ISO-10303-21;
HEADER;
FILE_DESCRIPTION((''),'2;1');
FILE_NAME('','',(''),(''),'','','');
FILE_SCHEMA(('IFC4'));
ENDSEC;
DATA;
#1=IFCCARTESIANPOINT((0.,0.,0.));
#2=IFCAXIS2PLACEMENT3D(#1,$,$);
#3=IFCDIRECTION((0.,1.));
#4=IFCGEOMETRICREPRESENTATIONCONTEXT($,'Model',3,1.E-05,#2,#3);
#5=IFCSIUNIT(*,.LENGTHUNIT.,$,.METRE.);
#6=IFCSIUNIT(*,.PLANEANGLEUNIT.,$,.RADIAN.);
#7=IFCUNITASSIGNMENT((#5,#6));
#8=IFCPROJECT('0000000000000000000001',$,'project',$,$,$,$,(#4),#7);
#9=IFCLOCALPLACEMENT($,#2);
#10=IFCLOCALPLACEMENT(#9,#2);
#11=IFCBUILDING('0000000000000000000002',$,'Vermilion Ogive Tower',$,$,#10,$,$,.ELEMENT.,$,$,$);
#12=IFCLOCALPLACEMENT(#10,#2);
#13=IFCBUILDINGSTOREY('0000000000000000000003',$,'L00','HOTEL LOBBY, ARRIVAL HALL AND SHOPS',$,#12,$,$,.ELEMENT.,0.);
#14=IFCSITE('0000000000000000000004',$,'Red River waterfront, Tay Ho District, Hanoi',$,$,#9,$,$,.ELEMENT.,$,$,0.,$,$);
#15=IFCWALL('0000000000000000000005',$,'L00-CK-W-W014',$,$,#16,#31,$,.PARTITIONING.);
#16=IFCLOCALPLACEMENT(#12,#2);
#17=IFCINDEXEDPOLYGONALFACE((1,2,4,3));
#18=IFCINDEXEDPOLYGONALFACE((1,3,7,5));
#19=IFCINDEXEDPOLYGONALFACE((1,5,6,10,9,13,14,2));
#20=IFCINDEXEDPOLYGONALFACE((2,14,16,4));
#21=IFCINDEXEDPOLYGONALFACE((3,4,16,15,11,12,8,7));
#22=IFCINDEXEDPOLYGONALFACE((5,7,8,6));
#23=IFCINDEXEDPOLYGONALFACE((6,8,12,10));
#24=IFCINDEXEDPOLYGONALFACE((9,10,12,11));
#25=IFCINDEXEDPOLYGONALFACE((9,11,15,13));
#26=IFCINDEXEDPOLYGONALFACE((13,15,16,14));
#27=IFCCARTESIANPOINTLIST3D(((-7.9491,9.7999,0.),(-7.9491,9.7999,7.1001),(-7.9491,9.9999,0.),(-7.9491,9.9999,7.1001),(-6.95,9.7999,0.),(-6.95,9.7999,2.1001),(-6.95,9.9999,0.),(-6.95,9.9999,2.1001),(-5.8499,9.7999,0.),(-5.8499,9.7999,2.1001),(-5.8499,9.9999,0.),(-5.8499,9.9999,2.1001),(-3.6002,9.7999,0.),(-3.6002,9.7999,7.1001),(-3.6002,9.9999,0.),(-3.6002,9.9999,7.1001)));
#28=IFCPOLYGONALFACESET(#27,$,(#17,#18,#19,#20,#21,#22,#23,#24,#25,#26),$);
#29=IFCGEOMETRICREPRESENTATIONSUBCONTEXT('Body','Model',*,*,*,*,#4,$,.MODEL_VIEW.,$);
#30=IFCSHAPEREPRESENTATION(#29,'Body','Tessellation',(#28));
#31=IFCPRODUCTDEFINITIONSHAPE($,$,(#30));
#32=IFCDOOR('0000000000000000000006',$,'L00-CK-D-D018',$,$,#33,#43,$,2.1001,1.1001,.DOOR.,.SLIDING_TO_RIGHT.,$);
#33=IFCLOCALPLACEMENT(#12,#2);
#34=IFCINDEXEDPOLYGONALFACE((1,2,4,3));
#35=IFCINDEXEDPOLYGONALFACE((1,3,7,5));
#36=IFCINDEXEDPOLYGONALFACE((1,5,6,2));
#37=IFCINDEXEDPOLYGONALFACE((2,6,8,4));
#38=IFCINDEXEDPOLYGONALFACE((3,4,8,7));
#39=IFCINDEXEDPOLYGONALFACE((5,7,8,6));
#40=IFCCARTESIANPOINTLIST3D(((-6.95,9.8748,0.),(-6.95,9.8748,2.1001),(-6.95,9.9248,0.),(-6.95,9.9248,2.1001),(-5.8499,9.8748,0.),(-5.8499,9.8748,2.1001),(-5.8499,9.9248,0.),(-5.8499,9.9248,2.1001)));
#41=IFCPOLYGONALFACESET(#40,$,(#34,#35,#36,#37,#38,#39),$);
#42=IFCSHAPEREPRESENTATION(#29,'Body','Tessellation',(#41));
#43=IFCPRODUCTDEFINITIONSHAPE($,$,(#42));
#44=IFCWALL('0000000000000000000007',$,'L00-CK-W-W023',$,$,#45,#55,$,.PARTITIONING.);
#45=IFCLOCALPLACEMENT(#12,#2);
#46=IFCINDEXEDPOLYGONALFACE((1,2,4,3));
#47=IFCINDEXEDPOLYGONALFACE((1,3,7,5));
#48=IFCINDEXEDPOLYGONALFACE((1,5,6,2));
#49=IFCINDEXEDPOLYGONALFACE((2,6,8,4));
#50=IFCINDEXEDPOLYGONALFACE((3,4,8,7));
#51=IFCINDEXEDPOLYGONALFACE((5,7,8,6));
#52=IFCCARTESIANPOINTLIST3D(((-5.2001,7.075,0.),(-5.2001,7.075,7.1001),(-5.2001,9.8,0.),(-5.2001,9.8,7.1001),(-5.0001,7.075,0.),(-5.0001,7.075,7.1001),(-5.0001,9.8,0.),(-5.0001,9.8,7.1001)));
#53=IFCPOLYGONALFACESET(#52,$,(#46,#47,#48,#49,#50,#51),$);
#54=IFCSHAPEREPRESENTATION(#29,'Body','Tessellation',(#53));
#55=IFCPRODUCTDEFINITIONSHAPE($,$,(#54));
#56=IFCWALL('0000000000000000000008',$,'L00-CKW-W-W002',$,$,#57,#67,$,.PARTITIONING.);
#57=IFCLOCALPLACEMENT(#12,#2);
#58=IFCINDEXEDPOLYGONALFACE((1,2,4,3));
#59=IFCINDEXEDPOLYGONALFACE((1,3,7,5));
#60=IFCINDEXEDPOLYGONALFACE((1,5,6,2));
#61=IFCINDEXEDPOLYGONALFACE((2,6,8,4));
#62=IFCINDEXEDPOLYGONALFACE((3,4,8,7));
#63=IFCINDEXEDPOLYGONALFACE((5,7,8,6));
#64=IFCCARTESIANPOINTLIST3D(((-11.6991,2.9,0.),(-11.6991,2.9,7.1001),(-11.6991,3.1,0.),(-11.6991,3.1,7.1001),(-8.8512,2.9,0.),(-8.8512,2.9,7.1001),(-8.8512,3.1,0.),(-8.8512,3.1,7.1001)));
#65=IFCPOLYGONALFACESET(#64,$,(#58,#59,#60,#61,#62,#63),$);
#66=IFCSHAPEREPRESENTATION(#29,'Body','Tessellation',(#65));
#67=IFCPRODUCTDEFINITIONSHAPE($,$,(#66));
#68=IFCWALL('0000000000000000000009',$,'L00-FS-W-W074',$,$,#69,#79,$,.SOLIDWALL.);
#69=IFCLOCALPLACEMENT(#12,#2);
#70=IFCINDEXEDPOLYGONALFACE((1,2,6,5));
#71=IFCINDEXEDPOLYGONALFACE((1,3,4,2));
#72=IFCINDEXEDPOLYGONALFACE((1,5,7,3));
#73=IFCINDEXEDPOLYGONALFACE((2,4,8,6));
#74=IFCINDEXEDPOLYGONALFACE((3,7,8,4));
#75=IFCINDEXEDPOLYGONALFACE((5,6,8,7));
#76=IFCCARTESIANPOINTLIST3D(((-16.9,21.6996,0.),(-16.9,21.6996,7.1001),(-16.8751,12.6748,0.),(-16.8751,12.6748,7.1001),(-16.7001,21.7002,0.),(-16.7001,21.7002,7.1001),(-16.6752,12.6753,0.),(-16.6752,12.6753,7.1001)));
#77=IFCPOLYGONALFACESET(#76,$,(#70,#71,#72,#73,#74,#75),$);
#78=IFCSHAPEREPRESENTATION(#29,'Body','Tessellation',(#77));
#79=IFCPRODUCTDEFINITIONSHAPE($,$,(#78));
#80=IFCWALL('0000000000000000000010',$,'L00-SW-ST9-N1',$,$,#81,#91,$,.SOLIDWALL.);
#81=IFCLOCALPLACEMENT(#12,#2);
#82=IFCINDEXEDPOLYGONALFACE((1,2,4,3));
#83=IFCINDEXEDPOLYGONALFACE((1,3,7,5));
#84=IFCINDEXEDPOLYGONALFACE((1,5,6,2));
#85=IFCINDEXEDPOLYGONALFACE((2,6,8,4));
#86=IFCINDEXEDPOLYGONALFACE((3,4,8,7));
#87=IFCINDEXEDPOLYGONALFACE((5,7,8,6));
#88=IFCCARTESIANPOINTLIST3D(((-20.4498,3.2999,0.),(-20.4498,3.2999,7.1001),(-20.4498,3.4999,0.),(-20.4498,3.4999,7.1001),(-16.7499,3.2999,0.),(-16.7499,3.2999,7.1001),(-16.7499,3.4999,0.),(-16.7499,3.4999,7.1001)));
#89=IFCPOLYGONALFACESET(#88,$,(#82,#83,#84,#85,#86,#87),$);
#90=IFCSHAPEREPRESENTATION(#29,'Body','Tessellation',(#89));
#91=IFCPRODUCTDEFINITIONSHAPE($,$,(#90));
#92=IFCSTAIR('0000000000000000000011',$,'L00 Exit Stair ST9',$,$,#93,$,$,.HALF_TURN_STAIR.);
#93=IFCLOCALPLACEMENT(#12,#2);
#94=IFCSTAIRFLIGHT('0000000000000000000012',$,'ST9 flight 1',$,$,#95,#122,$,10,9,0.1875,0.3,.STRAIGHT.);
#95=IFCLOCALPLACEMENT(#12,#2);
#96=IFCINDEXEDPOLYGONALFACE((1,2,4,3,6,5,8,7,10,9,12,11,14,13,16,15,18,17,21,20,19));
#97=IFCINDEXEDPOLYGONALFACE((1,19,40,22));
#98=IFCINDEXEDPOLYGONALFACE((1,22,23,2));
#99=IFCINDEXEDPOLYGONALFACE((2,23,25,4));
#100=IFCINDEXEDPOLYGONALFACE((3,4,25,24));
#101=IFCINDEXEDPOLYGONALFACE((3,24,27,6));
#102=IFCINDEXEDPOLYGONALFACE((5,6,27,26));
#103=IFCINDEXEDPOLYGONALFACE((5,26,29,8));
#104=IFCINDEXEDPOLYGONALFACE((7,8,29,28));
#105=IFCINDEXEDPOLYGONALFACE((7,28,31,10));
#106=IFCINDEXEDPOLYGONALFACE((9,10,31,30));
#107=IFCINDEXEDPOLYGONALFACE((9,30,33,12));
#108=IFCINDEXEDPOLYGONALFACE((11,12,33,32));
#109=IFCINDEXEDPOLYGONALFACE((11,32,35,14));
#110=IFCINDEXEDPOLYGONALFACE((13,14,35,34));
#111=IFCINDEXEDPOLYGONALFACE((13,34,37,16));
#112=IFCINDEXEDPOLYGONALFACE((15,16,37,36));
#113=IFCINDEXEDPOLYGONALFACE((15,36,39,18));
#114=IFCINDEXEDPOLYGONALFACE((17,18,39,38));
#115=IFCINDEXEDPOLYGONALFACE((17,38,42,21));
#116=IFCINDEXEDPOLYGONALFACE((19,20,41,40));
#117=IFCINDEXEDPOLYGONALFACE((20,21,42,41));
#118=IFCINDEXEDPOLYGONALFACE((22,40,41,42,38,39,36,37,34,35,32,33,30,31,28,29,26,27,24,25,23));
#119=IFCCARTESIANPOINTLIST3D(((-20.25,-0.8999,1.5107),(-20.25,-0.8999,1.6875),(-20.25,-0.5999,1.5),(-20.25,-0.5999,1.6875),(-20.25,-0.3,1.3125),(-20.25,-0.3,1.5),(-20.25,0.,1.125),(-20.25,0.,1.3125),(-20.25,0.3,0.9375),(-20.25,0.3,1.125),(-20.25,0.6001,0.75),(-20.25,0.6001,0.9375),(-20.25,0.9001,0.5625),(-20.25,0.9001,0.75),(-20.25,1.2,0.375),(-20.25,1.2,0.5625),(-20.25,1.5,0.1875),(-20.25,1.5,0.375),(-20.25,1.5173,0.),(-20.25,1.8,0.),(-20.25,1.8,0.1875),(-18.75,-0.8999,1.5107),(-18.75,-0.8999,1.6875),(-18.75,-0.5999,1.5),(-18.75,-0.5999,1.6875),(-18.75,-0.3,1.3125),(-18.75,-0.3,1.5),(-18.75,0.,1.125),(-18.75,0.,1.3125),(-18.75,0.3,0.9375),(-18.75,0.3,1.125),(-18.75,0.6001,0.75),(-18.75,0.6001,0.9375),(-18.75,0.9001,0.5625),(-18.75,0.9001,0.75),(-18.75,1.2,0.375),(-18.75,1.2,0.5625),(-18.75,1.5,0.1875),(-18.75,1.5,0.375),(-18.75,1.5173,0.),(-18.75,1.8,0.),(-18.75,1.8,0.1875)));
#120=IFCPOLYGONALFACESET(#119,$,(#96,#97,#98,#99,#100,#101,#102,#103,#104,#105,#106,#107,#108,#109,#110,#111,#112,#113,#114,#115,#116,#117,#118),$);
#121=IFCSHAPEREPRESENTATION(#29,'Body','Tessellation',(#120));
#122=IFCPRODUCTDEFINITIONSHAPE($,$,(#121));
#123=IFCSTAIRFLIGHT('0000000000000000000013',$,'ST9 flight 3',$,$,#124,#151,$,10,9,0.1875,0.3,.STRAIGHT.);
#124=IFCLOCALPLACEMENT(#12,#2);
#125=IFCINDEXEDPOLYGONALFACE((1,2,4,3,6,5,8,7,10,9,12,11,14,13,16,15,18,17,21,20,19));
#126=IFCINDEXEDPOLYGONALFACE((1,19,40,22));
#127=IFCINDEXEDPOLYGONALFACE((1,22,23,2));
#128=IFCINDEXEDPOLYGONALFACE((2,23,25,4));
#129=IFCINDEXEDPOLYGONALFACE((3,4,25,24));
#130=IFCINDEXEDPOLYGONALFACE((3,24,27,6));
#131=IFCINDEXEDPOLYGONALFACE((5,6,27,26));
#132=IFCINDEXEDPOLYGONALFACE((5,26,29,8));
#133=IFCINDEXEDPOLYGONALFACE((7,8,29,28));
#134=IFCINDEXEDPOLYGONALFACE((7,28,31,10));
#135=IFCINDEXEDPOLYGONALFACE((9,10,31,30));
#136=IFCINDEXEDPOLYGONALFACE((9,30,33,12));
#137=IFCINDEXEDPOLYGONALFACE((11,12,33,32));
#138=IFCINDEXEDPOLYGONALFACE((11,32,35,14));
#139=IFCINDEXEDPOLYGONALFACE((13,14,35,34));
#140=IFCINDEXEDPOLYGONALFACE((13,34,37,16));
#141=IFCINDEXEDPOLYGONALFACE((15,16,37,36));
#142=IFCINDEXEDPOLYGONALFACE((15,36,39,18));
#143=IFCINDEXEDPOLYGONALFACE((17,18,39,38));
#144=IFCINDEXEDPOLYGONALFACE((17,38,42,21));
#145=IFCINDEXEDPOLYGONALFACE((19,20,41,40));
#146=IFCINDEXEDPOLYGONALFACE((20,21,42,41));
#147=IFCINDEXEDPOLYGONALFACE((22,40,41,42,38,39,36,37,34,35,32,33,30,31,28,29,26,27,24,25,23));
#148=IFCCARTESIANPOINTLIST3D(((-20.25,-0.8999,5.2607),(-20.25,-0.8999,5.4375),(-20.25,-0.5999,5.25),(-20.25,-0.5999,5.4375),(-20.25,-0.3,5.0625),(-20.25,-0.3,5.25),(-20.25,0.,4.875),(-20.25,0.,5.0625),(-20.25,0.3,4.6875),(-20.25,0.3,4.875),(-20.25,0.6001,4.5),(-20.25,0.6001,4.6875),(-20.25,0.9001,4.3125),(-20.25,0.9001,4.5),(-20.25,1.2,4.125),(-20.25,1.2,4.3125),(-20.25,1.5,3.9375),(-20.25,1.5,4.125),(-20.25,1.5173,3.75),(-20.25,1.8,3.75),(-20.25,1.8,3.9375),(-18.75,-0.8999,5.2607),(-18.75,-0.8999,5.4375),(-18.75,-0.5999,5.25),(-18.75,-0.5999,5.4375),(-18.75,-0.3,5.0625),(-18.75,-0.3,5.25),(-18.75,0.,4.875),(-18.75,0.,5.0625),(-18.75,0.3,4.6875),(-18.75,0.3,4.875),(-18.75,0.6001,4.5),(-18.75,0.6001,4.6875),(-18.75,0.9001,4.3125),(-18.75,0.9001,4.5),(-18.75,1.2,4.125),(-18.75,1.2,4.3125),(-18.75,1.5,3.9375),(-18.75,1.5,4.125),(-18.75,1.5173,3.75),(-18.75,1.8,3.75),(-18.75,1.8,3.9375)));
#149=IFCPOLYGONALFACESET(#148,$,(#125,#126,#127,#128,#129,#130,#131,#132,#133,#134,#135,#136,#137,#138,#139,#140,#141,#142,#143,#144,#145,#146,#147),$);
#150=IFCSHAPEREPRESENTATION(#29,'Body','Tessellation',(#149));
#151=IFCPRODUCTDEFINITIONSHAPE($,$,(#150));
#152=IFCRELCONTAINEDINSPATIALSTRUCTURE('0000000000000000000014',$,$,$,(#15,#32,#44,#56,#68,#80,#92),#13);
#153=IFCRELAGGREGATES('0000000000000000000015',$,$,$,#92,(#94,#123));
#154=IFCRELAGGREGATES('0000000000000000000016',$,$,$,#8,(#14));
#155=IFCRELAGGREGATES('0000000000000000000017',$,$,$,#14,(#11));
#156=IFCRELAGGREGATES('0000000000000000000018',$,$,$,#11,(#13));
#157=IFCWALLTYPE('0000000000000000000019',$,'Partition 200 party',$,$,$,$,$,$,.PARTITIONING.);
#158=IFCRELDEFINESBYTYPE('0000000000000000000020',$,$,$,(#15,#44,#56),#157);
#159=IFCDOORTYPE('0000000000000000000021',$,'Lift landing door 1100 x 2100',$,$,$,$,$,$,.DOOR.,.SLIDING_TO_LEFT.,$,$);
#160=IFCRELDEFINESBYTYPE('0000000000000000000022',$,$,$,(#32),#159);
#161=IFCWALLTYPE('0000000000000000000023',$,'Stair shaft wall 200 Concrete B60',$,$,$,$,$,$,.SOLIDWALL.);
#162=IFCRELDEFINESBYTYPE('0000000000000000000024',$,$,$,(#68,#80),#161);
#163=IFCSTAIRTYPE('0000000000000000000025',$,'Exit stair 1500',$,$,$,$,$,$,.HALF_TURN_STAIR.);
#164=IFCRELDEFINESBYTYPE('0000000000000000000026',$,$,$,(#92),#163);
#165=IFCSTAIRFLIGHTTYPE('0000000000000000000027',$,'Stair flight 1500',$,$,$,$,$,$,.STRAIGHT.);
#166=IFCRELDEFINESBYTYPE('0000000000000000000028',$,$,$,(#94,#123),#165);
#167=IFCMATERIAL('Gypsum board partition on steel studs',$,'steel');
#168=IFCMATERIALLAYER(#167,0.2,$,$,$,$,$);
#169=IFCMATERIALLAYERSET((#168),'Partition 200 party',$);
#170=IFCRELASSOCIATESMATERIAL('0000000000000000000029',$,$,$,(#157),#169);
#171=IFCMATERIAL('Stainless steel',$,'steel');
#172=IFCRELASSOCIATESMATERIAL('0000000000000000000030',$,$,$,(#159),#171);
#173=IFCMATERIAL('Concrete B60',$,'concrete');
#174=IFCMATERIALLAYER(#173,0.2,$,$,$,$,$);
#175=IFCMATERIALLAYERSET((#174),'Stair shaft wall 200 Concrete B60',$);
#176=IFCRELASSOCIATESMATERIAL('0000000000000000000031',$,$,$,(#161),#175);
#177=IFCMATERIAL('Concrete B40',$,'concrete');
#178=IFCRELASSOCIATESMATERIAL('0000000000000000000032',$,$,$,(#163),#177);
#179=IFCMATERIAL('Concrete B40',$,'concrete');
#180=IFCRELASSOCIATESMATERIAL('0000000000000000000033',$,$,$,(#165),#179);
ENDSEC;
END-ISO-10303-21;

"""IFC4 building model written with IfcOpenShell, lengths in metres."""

from ifc_helpers import new_model, si_unit, direction, frame, frame_2d, origin, place, context, subcontext, project, spatial, polyline, rectangle, outline, extrude, material, layer, layer_set, type_object, element, fill, aggregate, save


model = new_model("IFC4")

# Units and contexts
model_context = context("Model", 3, precision=1e-05, world=origin(), true_north=direction((0.0, 1.0)))
body_context = subcontext(model_context, "Body", "Model", "MODEL_VIEW")
ifc_project = project(units=[si_unit("LENGTHUNIT", "METRE"), si_unit("PLANEANGLEUNIT", "RADIAN")], contexts=[model_context])

# Site, building, storey
site_placement = place(None, origin())
site = spatial("IfcSite", under=ifc_project, at=site_placement, Name="Red River waterfront, Tay Ho District, Hanoi", CompositionType="ELEMENT", RefElevation=0.0)
building_placement = place(site_placement, origin())
building = spatial("IfcBuilding", under=site, at=building_placement, Name="Vermilion Ogive Tower", CompositionType="ELEMENT")
storey_placement = place(building_placement, origin())
storey = spatial("IfcBuildingStorey", under=building, at=storey_placement, Name="L00", Description="HOTEL LOBBY, ARRIVAL HALL AND SHOPS", CompositionType="ELEMENT", Elevation=0.0)

# Shared definitions
ifc_material_1 = material(Name="Gypsum board partition on steel studs", Category="steel")
ifc_layer_1 = layer(ifc_material_1, 0.2)
ifc_layer_set_1 = layer_set([ifc_layer_1], Name="Partition 200 party")
wall_type_1 = type_object("IfcWallType", Name="Partition 200 party", PredefinedType="PARTITIONING", material=ifc_layer_set_1)

# Wall, opening, door
wall_1_placement = place(storey_placement, frame((-7.949, 9.8999, 0.0), z_axis=(0.0, 0.0, 1.0), x_axis=(1.0, 0.0, 0.0)))
wall_1 = element("IfcWall", 1, at=wall_1_placement, inside=storey, type_object=wall_type_1, Name="L00-CK-W-W014", PredefinedType="PARTITIONING", context=body_context, shape_type="SweptSolid", body=[
    extrude(rectangle(XDim=4.3489, YDim=0.2, at=frame_2d((2.1743, 0.0))), origin(), (0.0, 0.0, 1.0), 7.1001),
])
opening_1_placement = place(wall_1_placement, frame((0.999, 0.0, 0.0)))
opening_1 = element("IfcOpeningElement", 2, at=opening_1_placement, cuts=wall_1, PredefinedType="OPENING", context=body_context, shape_type="SweptSolid", body=[
    extrude(rectangle(XDim=1.1001, YDim=2.1001, at=frame_2d((0.55, 1.05))), frame((0.0, 0.1099, 0.0), z_axis=(0.0, -1.0, 0.0), x_axis=(1.0, 0.0, 0.0)), (0.0, 0.0, 1.0), 0.22),
])
ifc_material_2 = material(Name="Stainless steel", Category="steel")
door_type_1 = type_object("IfcDoorType", Name="Lift landing door 1100 x 2100", OperationType="SLIDING_TO_LEFT", PredefinedType="DOOR", material=ifc_material_2)
door_1_placement = place(opening_1_placement, origin())
door_1 = element("IfcDoor", 3, at=door_1_placement, inside=storey, type_object=door_type_1, Name="L00-CK-D-D018", OperationType="SLIDING_TO_RIGHT", OverallHeight=2.1001, OverallWidth=1.1001, PredefinedType="DOOR", context=body_context, shape_type="SweptSolid", body=[
    extrude(rectangle(XDim=1.1001, YDim=2.1001, at=frame_2d((0.55, 1.05))), frame((0.0, 0.0249, 0.0), z_axis=(0.0, -1.0, 0.0), x_axis=(1.0, 0.0, 0.0)), (0.0, 0.0, 1.0), 0.05),
])
fill(opening_1, door_1)

# Walls
wall_2_placement = place(storey_placement, frame((-5.1001, 7.075, 0.0), z_axis=(0.0, 0.0, 1.0), x_axis=(0.0, 1.0, 0.0)))
element("IfcWall", 4, at=wall_2_placement, inside=storey, type_object=wall_type_1, Name="L00-CK-W-W023", PredefinedType="PARTITIONING", context=body_context, shape_type="SweptSolid", body=[
    extrude(rectangle(XDim=2.7251, YDim=0.2, at=frame_2d((1.3625, 0.0))), origin(), (0.0, 0.0, 1.0), 7.1001),
])
wall_3_placement = place(storey_placement, frame((-11.699, 3.0, 0.0), z_axis=(0.0, 0.0, 1.0), x_axis=(1.0, 0.0, 0.0)))
element("IfcWall", 5, at=wall_3_placement, inside=storey, type_object=wall_type_1, Name="L00-CKW-W-W002", PredefinedType="PARTITIONING", context=body_context, shape_type="SweptSolid", body=[
    extrude(rectangle(XDim=2.8479, YDim=0.2, at=frame_2d((1.4238, 0.0))), origin(), (0.0, 0.0, 1.0), 7.1001),
])
ifc_material_3 = material(Name="Concrete B60", Category="concrete")
ifc_layer_2 = layer(ifc_material_3, 0.2)
ifc_layer_set_2 = layer_set([ifc_layer_2], Name="Stair shaft wall 200 Concrete B60")
wall_type_2 = type_object("IfcWallType", Name="Stair shaft wall 200 Concrete B60", PredefinedType="SOLIDWALL", material=ifc_layer_set_2)
wall_4_placement = place(storey_placement, frame((-16.7751, 12.675, 0.0), z_axis=(0.0, 0.0, 1.0), x_axis=(-0.002759, 0.999996, 0.0)))
element("IfcWall", 6, at=wall_4_placement, inside=storey, type_object=wall_type_2, Name="L00-FS-W-W074", PredefinedType="SOLIDWALL", context=body_context, shape_type="SweptSolid", body=[
    extrude(rectangle(XDim=9.0249, YDim=0.2, at=frame_2d((4.5125, 0.0))), origin(), (0.0, 0.0, 1.0), 7.1001),
])
wall_5_placement = place(storey_placement, frame((-20.45, 3.3999, 0.0), z_axis=(0.0, 0.0, 1.0), x_axis=(1.0, 0.0, 0.0)))
element("IfcWall", 7, at=wall_5_placement, inside=storey, type_object=wall_type_2, Name="L00-SW-ST9-N1", PredefinedType="SOLIDWALL", context=body_context, shape_type="SweptSolid", body=[
    extrude(rectangle(XDim=3.7, YDim=0.2, at=frame_2d((1.8501, 0.0))), origin(), (0.0, 0.0, 1.0), 7.1001),
])

# Stair, stair flights
ifc_material_4 = material(Name="Concrete B40", Category="concrete")
stair_type = type_object("IfcStairType", Name="Exit stair 1500", PredefinedType="HALF_TURN_STAIR", material=ifc_material_4)
stair_placement = place(storey_placement, origin())
stair = element("IfcStair", 8, at=stair_placement, inside=storey, type_object=stair_type, Name="L00 Exit Stair ST9", PredefinedType="HALF_TURN_STAIR")
ifc_material_5 = material(Name="Concrete B40", Category="concrete")
stair_flight_type = type_object("IfcStairFlightType", Name="Stair flight 1500", PredefinedType="STRAIGHT", material=ifc_material_5)
stair_flight_1_placement = place(storey_placement, frame((-19.5, 1.8, 0.0), z_axis=(0.0, 0.0, 1.0), x_axis=(0.0, -1.0, 0.0)))
stair_flight_1 = element("IfcStairFlight", 9, at=stair_flight_1_placement, type_object=stair_flight_type, Name="ST9 flight 1", NumberOfRisers=10, NumberOfTreads=9, PredefinedType="STRAIGHT", RiserHeight=0.1875, TreadLength=0.3, context=body_context, shape_type="SweptSolid", body=[
    extrude(outline(polyline([(0.0, 0.0), (0.0, 0.1875), (0.3, 0.1875), (0.3, 0.375), (0.6001, 0.375), (0.6001, 0.5625), (0.8999, 0.5625), (0.8999, 0.75), (1.2, 0.75), (1.2, 0.9375), (1.5, 0.9375), (1.5, 1.125), (1.8, 1.125), (1.8, 1.3125), (2.1001, 1.3125), (2.1001, 1.5), (2.3999, 1.5), (2.3999, 1.6875), (2.7, 1.6875), (2.7, 1.875), (2.7, 1.5107), (0.2827, 0.0), (0.0, 0.0)])), frame((0.0, 0.75, 0.0), z_axis=(0.0, -1.0, 0.0), x_axis=(1.0, 0.0, 0.0)), (0.0, 0.0, 1.0), 1.5),
])
stair_flight_2_placement = place(storey_placement, frame((-19.5, 1.8, 3.75), z_axis=(0.0, 0.0, 1.0), x_axis=(0.0, -1.0, 0.0)))
stair_flight_2 = element("IfcStairFlight", 10, at=stair_flight_2_placement, type_object=stair_flight_type, Name="ST9 flight 3", NumberOfRisers=10, NumberOfTreads=9, PredefinedType="STRAIGHT", RiserHeight=0.1875, TreadLength=0.3, context=body_context, shape_type="SweptSolid", body=[
    extrude(outline(polyline([(0.0, 0.0), (0.0, 0.1875), (0.3, 0.1875), (0.3, 0.375), (0.6001, 0.375), (0.6001, 0.5625), (0.8999, 0.5625), (0.8999, 0.75), (1.2, 0.75), (1.2, 0.9375), (1.5, 0.9375), (1.5, 1.125), (1.8, 1.125), (1.8, 1.3125), (2.1001, 1.3125), (2.1001, 1.5), (2.3999, 1.5), (2.3999, 1.6875), (2.7, 1.6875), (2.7, 1.875), (2.7, 1.5107), (0.2827, 0.0), (0.0, 0.0)])), frame((0.0, 0.75, 0.0), z_axis=(0.0, -1.0, 0.0), x_axis=(1.0, 0.0, 0.0)), (0.0, 0.0, 1.0), 1.5),
])
aggregate(stair, [stair_flight_1, stair_flight_2])

save(model, "model.ifc")
